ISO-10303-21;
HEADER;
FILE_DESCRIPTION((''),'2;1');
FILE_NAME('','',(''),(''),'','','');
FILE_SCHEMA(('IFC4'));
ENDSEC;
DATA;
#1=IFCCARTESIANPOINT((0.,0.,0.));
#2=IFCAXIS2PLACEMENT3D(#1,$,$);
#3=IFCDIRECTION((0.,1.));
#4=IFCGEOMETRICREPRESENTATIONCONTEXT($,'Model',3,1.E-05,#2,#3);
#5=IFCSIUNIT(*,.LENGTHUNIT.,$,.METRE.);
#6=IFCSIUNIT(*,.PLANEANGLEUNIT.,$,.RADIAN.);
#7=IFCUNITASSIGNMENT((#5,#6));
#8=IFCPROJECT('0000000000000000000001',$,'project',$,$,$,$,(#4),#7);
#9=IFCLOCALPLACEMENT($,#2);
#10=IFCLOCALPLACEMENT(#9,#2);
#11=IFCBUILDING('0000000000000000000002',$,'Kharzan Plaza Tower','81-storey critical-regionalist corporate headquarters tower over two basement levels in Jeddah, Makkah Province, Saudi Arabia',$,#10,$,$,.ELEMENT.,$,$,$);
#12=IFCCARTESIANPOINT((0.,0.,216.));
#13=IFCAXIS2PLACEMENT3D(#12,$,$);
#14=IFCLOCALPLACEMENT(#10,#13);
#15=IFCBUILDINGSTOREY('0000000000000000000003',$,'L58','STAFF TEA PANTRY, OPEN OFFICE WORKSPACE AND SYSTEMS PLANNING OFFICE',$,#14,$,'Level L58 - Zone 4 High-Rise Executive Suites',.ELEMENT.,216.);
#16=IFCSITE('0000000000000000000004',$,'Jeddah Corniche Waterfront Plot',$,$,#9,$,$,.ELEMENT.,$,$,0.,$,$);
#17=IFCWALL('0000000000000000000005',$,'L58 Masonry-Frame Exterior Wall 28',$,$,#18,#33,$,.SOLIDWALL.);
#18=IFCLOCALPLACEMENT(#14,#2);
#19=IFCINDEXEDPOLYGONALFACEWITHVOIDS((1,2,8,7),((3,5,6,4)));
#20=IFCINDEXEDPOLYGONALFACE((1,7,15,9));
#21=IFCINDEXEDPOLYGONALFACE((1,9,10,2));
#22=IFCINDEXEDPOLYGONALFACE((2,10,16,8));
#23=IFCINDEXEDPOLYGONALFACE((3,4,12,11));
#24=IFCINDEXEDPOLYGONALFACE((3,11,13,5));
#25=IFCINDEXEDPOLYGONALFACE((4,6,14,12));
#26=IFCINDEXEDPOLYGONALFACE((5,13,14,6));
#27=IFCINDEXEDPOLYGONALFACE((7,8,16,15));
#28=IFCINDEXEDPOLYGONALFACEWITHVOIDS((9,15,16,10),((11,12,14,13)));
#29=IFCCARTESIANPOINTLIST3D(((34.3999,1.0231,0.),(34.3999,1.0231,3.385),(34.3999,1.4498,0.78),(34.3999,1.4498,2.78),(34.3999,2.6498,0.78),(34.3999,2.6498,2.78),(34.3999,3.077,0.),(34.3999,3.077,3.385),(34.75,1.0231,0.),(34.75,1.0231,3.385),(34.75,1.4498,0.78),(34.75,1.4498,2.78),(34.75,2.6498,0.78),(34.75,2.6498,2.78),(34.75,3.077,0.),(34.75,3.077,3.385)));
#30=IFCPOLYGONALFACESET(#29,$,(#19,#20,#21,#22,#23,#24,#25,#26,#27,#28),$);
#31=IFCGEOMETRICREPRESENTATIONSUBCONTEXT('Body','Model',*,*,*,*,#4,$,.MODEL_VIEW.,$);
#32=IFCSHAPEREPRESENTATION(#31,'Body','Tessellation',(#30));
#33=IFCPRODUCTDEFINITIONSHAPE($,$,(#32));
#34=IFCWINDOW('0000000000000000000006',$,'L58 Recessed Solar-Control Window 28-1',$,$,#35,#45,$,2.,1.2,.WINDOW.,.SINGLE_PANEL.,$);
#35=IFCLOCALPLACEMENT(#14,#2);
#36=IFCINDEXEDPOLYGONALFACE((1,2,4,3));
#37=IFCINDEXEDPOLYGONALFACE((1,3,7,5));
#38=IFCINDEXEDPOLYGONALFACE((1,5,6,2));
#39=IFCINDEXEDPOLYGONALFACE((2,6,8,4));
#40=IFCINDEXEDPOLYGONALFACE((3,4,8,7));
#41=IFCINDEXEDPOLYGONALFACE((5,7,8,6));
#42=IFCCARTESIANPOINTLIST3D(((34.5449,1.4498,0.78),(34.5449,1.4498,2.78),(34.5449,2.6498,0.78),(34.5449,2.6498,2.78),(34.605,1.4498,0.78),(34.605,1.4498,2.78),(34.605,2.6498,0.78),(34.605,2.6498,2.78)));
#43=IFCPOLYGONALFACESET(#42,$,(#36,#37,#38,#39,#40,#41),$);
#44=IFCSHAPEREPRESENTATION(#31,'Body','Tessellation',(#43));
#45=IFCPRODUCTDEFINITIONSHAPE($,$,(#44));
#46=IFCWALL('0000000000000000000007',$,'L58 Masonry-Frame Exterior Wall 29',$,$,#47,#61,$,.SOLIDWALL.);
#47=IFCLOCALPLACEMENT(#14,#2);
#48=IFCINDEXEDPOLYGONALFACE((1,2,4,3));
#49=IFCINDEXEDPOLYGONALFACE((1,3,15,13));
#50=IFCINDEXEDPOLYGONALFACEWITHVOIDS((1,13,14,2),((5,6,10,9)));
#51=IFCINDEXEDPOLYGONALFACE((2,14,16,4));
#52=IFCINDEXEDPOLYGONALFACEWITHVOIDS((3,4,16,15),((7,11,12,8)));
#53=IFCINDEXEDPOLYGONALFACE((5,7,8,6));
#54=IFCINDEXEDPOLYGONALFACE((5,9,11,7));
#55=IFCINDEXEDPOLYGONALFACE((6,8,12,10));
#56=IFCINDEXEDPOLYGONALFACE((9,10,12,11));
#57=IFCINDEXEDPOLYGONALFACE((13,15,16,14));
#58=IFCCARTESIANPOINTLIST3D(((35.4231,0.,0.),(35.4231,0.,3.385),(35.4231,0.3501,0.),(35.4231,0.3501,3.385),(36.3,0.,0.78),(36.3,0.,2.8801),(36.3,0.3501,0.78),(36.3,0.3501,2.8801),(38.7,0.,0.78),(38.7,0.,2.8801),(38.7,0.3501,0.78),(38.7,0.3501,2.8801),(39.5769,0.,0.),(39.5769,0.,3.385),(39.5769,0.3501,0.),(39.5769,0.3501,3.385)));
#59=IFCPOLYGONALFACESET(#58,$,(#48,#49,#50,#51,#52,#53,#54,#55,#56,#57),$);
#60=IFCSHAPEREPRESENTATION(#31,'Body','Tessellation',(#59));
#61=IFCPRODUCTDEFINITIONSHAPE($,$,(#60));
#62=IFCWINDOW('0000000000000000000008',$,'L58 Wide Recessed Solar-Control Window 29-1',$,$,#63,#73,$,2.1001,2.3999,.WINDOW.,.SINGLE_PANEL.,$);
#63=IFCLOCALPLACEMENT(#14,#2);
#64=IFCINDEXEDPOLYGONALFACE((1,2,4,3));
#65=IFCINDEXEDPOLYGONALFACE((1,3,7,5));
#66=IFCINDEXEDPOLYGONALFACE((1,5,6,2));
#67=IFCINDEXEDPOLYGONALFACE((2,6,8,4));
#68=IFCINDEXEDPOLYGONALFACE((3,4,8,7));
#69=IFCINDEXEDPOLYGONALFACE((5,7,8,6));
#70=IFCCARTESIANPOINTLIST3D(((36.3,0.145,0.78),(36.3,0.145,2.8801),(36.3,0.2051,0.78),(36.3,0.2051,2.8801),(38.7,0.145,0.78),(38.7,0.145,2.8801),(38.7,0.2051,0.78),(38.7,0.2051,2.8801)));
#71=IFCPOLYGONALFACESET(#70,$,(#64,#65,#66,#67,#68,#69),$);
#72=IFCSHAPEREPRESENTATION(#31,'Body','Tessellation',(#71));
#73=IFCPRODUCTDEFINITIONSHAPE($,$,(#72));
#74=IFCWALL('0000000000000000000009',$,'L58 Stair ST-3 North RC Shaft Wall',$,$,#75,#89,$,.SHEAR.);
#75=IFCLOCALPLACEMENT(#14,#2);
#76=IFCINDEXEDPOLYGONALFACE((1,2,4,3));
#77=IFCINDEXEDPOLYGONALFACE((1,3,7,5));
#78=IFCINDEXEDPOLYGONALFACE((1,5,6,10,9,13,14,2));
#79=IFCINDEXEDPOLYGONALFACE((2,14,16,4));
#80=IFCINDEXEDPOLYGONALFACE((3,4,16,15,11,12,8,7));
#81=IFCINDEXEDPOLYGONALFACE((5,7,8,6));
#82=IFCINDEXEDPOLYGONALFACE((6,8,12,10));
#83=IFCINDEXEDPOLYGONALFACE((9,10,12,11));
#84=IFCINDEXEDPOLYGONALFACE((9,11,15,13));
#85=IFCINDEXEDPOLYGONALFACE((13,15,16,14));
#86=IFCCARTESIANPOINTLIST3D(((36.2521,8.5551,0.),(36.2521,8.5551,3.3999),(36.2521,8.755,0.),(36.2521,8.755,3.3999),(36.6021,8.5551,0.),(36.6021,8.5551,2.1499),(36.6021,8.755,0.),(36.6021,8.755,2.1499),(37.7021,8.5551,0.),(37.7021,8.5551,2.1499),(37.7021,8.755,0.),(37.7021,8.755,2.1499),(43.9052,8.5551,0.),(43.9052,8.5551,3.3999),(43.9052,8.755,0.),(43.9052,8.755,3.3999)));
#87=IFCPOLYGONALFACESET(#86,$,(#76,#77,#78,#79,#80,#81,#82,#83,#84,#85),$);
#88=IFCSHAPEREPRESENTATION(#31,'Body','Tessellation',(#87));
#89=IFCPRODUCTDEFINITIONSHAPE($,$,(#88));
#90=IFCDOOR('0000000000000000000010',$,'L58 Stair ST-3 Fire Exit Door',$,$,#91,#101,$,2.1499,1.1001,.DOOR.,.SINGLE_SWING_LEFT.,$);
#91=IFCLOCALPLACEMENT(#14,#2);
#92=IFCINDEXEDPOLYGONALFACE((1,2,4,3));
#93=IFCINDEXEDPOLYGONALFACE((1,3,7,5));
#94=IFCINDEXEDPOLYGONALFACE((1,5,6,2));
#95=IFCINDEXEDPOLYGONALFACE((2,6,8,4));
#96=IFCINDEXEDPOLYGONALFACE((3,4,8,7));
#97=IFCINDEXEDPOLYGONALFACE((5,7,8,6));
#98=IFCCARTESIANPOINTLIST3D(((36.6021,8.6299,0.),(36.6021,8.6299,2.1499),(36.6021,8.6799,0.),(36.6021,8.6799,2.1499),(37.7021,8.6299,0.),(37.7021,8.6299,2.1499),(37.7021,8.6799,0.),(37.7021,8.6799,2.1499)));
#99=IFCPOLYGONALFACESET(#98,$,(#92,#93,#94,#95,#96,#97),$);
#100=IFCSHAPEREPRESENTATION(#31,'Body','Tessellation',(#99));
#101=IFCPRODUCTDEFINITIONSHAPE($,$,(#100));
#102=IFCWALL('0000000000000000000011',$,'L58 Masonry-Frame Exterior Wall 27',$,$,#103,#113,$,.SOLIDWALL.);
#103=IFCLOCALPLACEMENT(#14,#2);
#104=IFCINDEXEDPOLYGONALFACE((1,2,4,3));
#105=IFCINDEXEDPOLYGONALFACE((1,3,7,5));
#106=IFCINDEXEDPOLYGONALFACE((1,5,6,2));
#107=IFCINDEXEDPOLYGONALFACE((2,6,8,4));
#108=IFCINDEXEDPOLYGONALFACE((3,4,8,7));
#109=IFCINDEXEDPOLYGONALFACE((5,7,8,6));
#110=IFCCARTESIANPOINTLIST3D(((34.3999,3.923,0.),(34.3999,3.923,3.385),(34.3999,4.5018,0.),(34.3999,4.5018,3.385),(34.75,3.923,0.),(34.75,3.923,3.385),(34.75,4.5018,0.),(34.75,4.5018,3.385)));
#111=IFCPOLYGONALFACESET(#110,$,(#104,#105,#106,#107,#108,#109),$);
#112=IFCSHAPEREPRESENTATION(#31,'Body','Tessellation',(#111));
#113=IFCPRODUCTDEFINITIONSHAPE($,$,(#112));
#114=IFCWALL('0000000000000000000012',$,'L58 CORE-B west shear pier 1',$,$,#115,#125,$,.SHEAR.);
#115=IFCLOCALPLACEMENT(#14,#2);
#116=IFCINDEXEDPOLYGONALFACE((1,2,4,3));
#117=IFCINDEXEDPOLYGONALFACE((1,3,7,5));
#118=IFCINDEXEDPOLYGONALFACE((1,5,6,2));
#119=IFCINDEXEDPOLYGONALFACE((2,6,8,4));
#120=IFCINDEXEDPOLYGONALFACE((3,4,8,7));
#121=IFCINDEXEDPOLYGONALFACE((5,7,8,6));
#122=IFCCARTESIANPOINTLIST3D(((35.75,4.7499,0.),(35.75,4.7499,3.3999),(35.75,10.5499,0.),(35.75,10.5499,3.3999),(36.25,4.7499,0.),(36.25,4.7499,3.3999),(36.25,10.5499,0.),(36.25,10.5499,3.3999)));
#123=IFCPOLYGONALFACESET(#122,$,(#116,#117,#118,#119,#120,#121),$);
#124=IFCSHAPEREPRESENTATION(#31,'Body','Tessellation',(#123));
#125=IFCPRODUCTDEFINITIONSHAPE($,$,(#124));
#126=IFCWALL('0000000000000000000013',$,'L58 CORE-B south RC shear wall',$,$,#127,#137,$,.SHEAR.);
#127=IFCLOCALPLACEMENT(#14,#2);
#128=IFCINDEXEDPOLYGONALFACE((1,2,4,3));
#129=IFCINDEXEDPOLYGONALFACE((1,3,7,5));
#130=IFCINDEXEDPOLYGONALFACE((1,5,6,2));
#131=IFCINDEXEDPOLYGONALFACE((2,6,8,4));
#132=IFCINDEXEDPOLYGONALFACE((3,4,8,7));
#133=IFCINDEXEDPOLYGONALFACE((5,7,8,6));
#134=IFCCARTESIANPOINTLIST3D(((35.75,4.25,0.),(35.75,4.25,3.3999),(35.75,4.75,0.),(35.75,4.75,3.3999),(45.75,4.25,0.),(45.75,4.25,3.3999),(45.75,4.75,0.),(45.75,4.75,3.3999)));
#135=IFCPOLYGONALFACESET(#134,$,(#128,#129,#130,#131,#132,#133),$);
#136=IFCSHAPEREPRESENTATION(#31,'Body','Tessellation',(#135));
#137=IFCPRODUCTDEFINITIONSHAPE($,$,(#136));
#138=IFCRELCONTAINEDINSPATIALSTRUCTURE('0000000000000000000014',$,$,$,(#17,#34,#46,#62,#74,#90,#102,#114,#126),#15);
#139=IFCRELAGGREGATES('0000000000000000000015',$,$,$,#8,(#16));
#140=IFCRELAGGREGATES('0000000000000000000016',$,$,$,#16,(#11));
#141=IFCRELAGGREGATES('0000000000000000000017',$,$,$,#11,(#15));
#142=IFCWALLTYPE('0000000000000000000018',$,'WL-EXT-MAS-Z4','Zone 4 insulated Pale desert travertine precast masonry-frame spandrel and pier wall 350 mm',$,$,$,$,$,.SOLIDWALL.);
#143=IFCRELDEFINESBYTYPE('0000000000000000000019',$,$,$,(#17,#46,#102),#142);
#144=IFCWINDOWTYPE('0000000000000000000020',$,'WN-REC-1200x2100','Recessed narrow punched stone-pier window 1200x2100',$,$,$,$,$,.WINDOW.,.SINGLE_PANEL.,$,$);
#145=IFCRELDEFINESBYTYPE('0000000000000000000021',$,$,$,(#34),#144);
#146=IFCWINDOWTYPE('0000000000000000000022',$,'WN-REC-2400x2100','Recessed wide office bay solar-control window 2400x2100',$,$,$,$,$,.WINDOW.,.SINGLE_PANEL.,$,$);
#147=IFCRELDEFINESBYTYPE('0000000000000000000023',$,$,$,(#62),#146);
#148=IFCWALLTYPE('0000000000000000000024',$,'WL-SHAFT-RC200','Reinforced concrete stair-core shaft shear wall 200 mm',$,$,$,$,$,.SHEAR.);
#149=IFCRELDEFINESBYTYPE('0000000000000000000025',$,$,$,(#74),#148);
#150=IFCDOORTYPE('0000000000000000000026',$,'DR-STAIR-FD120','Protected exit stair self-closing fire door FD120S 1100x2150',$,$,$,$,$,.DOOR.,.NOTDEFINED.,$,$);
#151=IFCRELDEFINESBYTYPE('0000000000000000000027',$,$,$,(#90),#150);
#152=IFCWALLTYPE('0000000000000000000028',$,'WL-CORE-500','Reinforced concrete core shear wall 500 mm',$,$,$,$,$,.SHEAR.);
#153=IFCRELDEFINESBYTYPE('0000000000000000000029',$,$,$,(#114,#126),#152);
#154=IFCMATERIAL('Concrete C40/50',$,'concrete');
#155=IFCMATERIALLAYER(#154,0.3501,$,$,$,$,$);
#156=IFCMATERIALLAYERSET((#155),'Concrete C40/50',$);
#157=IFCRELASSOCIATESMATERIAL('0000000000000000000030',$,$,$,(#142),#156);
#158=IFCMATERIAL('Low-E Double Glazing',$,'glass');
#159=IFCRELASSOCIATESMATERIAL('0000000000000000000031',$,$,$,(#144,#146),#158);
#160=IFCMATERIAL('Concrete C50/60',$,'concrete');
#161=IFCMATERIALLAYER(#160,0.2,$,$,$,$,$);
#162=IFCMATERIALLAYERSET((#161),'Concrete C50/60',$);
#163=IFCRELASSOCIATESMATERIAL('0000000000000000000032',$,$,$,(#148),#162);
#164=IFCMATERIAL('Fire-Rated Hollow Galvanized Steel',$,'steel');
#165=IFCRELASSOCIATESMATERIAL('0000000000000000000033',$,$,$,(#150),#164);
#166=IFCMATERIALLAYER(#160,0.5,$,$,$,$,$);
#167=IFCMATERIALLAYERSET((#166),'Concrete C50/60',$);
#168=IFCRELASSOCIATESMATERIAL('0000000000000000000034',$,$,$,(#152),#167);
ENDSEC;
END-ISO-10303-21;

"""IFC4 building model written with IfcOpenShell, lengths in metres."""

from ifc_helpers import new_model, si_unit, direction, frame, frame_2d, origin, place, context, subcontext, project, spatial, rectangle, extrude, source, transform, mapped, material, layer, layer_set, type_object, element, fill, save


model = new_model("IFC4")

# Units and contexts
model_context = context("Model", 3, precision=1e-05, world=origin(), true_north=direction((0.0, 1.0)))
body_context = subcontext(model_context, "Body", "Model", "MODEL_VIEW")
ifc_project = project(units=[si_unit("LENGTHUNIT", "METRE"), si_unit("PLANEANGLEUNIT", "RADIAN")], contexts=[model_context])

# Site, building, storey
site_placement = place(None, origin())
site = spatial("IfcSite", under=ifc_project, at=site_placement, Name="Jeddah Corniche Waterfront Plot", CompositionType="ELEMENT", RefElevation=0.0)
building_placement = place(site_placement, origin())
building = spatial("IfcBuilding", under=site, at=building_placement, Name="Kharzan Plaza Tower", Description="81-storey critical-regionalist corporate headquarters tower over two basement levels in Jeddah, Makkah Province, Saudi Arabia", CompositionType="ELEMENT")
storey_placement = place(building_placement, frame((0.0, 0.0, 216.0)))
storey = spatial("IfcBuildingStorey", under=building, at=storey_placement, Name="L58", Description="STAFF TEA PANTRY, OPEN OFFICE WORKSPACE AND SYSTEMS PLANNING OFFICE", LongName="Level L58 - Zone 4 High-Rise Executive Suites", CompositionType="ELEMENT", Elevation=216.0)

# Shared definitions
ifc_material_1 = material(Name="Concrete C50/60", Category="concrete")

# Walls, openings, windows
ifc_material_2 = material(Name="Concrete C40/50", Category="concrete")
ifc_layer_1 = layer(ifc_material_2, 0.3501)
ifc_layer_set_1 = layer_set([ifc_layer_1], Name="Concrete C40/50")
wall_type_1 = type_object("IfcWallType", Name="WL-EXT-MAS-Z4", Description="Zone 4 insulated Pale desert travertine precast masonry-frame spandrel and pier wall 350 mm", PredefinedType="SOLIDWALL", material=ifc_layer_set_1)
wall_1_placement = place(storey_placement, frame((34.575, 3.0769, 0.0), z_axis=(0.0, 0.0, 1.0), x_axis=(0.0, -1.0, 0.0)))
wall_1 = element("IfcWall", 1, at=wall_1_placement, inside=storey, type_object=wall_type_1, Name="L58 Masonry-Frame Exterior Wall 28", PredefinedType="SOLIDWALL", context=body_context, shape_type="SweptSolid", body=[
    extrude(rectangle(XDim=2.054, YDim=0.3501, at=frame_2d((1.0269, 0.0))), origin(), (0.0, 0.0, 1.0), 3.385),
])
opening_1_placement = place(wall_1_placement, frame((0.427, 0.0, 0.78)))
opening_1 = element("IfcOpeningElement", 2, at=opening_1_placement, cuts=wall_1, PredefinedType="OPENING", context=body_context, shape_type="SweptSolid", body=[
    extrude(rectangle(XDim=1.2, YDim=2.0, at=frame_2d((0.6001, 1.0))), frame((0.0, 0.1851, 0.0), z_axis=(0.0, -1.0, 0.0), x_axis=(1.0, 0.0, 0.0)), (0.0, 0.0, 1.0), 0.3701),
])
ifc_material_3 = material(Name="Low-E Double Glazing", Category="glass")
window_type_1 = type_object("IfcWindowType", Name="WN-REC-1200x2100", Description="Recessed narrow punched stone-pier window 1200x2100", PartitioningType="SINGLE_PANEL", PredefinedType="WINDOW", material=ifc_material_3)
shared_shape_1 = source(origin(), body_context, "Body", "SweptSolid", [
    extrude(rectangle(XDim=1.2, YDim=2.0, at=frame_2d((0.6001, 1.0))), frame((0.0, 0.03, 0.0), z_axis=(0.0, -1.0, 0.0), x_axis=(1.0, 0.0, 0.0)), (0.0, 0.0, 1.0), 0.0601),
])
window_1_placement = place(opening_1_placement, origin())
window_1 = element("IfcWindow", 3, at=window_1_placement, inside=storey, type_object=window_type_1, Name="L58 Recessed Solar-Control Window 28-1", OverallHeight=2.0, OverallWidth=1.2, PartitioningType="SINGLE_PANEL", PredefinedType="WINDOW", context=body_context, shape_type="MappedRepresentation", body=[
    mapped(shared_shape_1, transform((0.0, 0.0, 0.0), x_axis=(1.0, 0.0, 0.0), y_axis=(0.0, 1.0, 0.0), z_axis=(0.0, 0.0, 1.0))),
])
fill(opening_1, window_1)
wall_2_placement = place(storey_placement, frame((35.4231, 0.175, 0.0), z_axis=(0.0, 0.0, 1.0), x_axis=(1.0, 0.0, 0.0)))
wall_2 = element("IfcWall", 4, at=wall_2_placement, inside=storey, type_object=wall_type_1, Name="L58 Masonry-Frame Exterior Wall 29", PredefinedType="SOLIDWALL", context=body_context, shape_type="SweptSolid", body=[
    extrude(rectangle(XDim=4.1538, YDim=0.3501, at=frame_2d((2.0769, 0.0))), origin(), (0.0, 0.0, 1.0), 3.385),
])
opening_2_placement = place(wall_2_placement, frame((0.877, 0.0, 0.78)))
opening_2 = element("IfcOpeningElement", 5, at=opening_2_placement, cuts=wall_2, PredefinedType="OPENING", context=body_context, shape_type="SweptSolid", body=[
    extrude(rectangle(XDim=2.3999, YDim=2.1001, at=frame_2d((1.2, 1.05))), frame((0.0, 0.1851, 0.0), z_axis=(0.0, -1.0, 0.0), x_axis=(1.0, 0.0, 0.0)), (0.0, 0.0, 1.0), 0.3701),
])
window_type_2 = type_object("IfcWindowType", Name="WN-REC-2400x2100", Description="Recessed wide office bay solar-control window 2400x2100", PartitioningType="SINGLE_PANEL", PredefinedType="WINDOW", material=ifc_material_3)
shared_shape_2 = source(origin(), body_context, "Body", "SweptSolid", [
    extrude(rectangle(XDim=2.3999, YDim=2.1001, at=frame_2d((1.2, 1.05))), frame((0.0, 0.03, 0.0), z_axis=(0.0, -1.0, 0.0), x_axis=(1.0, 0.0, 0.0)), (0.0, 0.0, 1.0), 0.0601),
])
window_2_placement = place(opening_2_placement, origin())
window_2 = element("IfcWindow", 6, at=window_2_placement, inside=storey, type_object=window_type_2, Name="L58 Wide Recessed Solar-Control Window 29-1", OverallHeight=2.1001, OverallWidth=2.3999, PartitioningType="SINGLE_PANEL", PredefinedType="WINDOW", context=body_context, shape_type="MappedRepresentation", body=[
    mapped(shared_shape_2, transform((0.0, 0.0, 0.0), x_axis=(1.0, 0.0, 0.0), y_axis=(0.0, 1.0, 0.0), z_axis=(0.0, 0.0, 1.0))),
])
fill(opening_2, window_2)

# Wall, opening, door
ifc_layer_2 = layer(ifc_material_1, 0.2)
ifc_layer_set_2 = layer_set([ifc_layer_2], Name="Concrete C50/60")
wall_type_2 = type_object("IfcWallType", Name="WL-SHAFT-RC200", Description="Reinforced concrete stair-core shaft shear wall 200 mm", PredefinedType="SHEAR", material=ifc_layer_set_2)
wall_3_placement = place(storey_placement, frame((36.252, 8.655, 0.0), z_axis=(0.0, 0.0, 1.0), x_axis=(1.0, 0.0, 0.0)))
wall_3 = element("IfcWall", 7, at=wall_3_placement, inside=storey, type_object=wall_type_2, Name="L58 Stair ST-3 North RC Shaft Wall", PredefinedType="SHEAR", context=body_context, shape_type="SweptSolid", body=[
    extrude(rectangle(XDim=7.6531, YDim=0.2, at=frame_2d((3.8267, 0.0))), origin(), (0.0, 0.0, 1.0), 3.3999),
])
opening_3_placement = place(wall_3_placement, frame((0.3501, 0.0, 0.0)))
opening_3 = element("IfcOpeningElement", 8, at=opening_3_placement, cuts=wall_3, PredefinedType="OPENING", context=body_context, shape_type="SweptSolid", body=[
    extrude(rectangle(XDim=1.1001, YDim=2.1499, at=frame_2d((0.55, 1.075))), frame((0.0, 0.1099, 0.0), z_axis=(0.0, -1.0, 0.0), x_axis=(1.0, 0.0, 0.0)), (0.0, 0.0, 1.0), 0.22),
])
ifc_material_4 = material(Name="Fire-Rated Hollow Galvanized Steel", Category="steel")
door_type = type_object("IfcDoorType", Name="DR-STAIR-FD120", Description="Protected exit stair self-closing fire door FD120S 1100x2150", OperationType="NOTDEFINED", PredefinedType="DOOR", material=ifc_material_4)
shared_shape_3 = source(origin(), body_context, "Body", "SweptSolid", [
    extrude(rectangle(XDim=1.1001, YDim=2.1499, at=frame_2d((0.55, 1.075))), frame((0.0, 0.0249, 0.0), z_axis=(0.0, -1.0, 0.0), x_axis=(1.0, 0.0, 0.0)), (0.0, 0.0, 1.0), 0.05),
])
door_placement = place(opening_3_placement, origin())
door = element("IfcDoor", 9, at=door_placement, inside=storey, type_object=door_type, Name="L58 Stair ST-3 Fire Exit Door", OperationType="SINGLE_SWING_LEFT", OverallHeight=2.1499, OverallWidth=1.1001, PredefinedType="DOOR", context=body_context, shape_type="MappedRepresentation", body=[
    mapped(shared_shape_3, transform((0.0, 0.0, 0.0), x_axis=(1.0, 0.0, 0.0), y_axis=(0.0, 1.0, 0.0), z_axis=(0.0, 0.0, 1.0))),
])
fill(opening_3, door)

# Walls
shared_shape_4 = source(origin(), body_context, "Body", "SweptSolid", [
    extrude(rectangle(XDim=0.5789, YDim=0.3501, at=frame_2d((0.2896, 0.0))), origin(), (0.0, 0.0, 1.0), 3.385),
])
wall_4_placement = place(storey_placement, frame((34.575, 4.502, 0.0), z_axis=(0.0, 0.0, 1.0), x_axis=(0.0, -1.0, 0.0)))
element("IfcWall", 10, at=wall_4_placement, inside=storey, type_object=wall_type_1, Name="L58 Masonry-Frame Exterior Wall 27", PredefinedType="SOLIDWALL", context=body_context, shape_type="MappedRepresentation", body=[
    mapped(shared_shape_4, transform((0.0, 0.0, 0.0), x_axis=(1.0, 0.0, 0.0), y_axis=(0.0, 1.0, 0.0), z_axis=(0.0, 0.0, 1.0))),
])
ifc_layer_3 = layer(ifc_material_1, 0.5)
ifc_layer_set_3 = layer_set([ifc_layer_3], Name="Concrete C50/60")
wall_type_3 = type_object("IfcWallType", Name="WL-CORE-500", Description="Reinforced concrete core shear wall 500 mm", PredefinedType="SHEAR", material=ifc_layer_set_3)
shared_shape_5 = source(origin(), body_context, "Body", "SweptSolid", [
    extrude(rectangle(XDim=5.8, YDim=0.5, at=frame_2d((2.8999, 0.0))), origin(), (0.0, 0.0, 1.0), 3.3999),
])
wall_5_placement = place(storey_placement, frame((36.0, 4.75, 0.0), z_axis=(0.0, 0.0, 1.0), x_axis=(0.0, 1.0, 0.0)))
element("IfcWall", 11, at=wall_5_placement, inside=storey, type_object=wall_type_3, Name="L58 CORE-B west shear pier 1", PredefinedType="SHEAR", context=body_context, shape_type="MappedRepresentation", body=[
    mapped(shared_shape_5, transform((0.0, 0.0, 0.0), x_axis=(1.0, 0.0, 0.0), y_axis=(0.0, 1.0, 0.0), z_axis=(0.0, 0.0, 1.0))),
])
shared_shape_6 = source(origin(), body_context, "Body", "SweptSolid", [
    extrude(rectangle(XDim=10.0, YDim=0.5, at=frame_2d((5.0, 0.0))), origin(), (0.0, 0.0, 1.0), 3.3999),
])
wall_6_placement = place(storey_placement, frame((35.75, 4.5, 0.0), z_axis=(0.0, 0.0, 1.0), x_axis=(1.0, 0.0, 0.0)))
element("IfcWall", 12, at=wall_6_placement, inside=storey, type_object=wall_type_3, Name="L58 CORE-B south RC shear wall", PredefinedType="SHEAR", context=body_context, shape_type="MappedRepresentation", body=[
    mapped(shared_shape_6, transform((0.0, 0.0, 0.0), x_axis=(1.0, 0.0, 0.0), y_axis=(0.0, 1.0, 0.0), z_axis=(0.0, 0.0, 1.0))),
])

save(model, "model.ifc")
